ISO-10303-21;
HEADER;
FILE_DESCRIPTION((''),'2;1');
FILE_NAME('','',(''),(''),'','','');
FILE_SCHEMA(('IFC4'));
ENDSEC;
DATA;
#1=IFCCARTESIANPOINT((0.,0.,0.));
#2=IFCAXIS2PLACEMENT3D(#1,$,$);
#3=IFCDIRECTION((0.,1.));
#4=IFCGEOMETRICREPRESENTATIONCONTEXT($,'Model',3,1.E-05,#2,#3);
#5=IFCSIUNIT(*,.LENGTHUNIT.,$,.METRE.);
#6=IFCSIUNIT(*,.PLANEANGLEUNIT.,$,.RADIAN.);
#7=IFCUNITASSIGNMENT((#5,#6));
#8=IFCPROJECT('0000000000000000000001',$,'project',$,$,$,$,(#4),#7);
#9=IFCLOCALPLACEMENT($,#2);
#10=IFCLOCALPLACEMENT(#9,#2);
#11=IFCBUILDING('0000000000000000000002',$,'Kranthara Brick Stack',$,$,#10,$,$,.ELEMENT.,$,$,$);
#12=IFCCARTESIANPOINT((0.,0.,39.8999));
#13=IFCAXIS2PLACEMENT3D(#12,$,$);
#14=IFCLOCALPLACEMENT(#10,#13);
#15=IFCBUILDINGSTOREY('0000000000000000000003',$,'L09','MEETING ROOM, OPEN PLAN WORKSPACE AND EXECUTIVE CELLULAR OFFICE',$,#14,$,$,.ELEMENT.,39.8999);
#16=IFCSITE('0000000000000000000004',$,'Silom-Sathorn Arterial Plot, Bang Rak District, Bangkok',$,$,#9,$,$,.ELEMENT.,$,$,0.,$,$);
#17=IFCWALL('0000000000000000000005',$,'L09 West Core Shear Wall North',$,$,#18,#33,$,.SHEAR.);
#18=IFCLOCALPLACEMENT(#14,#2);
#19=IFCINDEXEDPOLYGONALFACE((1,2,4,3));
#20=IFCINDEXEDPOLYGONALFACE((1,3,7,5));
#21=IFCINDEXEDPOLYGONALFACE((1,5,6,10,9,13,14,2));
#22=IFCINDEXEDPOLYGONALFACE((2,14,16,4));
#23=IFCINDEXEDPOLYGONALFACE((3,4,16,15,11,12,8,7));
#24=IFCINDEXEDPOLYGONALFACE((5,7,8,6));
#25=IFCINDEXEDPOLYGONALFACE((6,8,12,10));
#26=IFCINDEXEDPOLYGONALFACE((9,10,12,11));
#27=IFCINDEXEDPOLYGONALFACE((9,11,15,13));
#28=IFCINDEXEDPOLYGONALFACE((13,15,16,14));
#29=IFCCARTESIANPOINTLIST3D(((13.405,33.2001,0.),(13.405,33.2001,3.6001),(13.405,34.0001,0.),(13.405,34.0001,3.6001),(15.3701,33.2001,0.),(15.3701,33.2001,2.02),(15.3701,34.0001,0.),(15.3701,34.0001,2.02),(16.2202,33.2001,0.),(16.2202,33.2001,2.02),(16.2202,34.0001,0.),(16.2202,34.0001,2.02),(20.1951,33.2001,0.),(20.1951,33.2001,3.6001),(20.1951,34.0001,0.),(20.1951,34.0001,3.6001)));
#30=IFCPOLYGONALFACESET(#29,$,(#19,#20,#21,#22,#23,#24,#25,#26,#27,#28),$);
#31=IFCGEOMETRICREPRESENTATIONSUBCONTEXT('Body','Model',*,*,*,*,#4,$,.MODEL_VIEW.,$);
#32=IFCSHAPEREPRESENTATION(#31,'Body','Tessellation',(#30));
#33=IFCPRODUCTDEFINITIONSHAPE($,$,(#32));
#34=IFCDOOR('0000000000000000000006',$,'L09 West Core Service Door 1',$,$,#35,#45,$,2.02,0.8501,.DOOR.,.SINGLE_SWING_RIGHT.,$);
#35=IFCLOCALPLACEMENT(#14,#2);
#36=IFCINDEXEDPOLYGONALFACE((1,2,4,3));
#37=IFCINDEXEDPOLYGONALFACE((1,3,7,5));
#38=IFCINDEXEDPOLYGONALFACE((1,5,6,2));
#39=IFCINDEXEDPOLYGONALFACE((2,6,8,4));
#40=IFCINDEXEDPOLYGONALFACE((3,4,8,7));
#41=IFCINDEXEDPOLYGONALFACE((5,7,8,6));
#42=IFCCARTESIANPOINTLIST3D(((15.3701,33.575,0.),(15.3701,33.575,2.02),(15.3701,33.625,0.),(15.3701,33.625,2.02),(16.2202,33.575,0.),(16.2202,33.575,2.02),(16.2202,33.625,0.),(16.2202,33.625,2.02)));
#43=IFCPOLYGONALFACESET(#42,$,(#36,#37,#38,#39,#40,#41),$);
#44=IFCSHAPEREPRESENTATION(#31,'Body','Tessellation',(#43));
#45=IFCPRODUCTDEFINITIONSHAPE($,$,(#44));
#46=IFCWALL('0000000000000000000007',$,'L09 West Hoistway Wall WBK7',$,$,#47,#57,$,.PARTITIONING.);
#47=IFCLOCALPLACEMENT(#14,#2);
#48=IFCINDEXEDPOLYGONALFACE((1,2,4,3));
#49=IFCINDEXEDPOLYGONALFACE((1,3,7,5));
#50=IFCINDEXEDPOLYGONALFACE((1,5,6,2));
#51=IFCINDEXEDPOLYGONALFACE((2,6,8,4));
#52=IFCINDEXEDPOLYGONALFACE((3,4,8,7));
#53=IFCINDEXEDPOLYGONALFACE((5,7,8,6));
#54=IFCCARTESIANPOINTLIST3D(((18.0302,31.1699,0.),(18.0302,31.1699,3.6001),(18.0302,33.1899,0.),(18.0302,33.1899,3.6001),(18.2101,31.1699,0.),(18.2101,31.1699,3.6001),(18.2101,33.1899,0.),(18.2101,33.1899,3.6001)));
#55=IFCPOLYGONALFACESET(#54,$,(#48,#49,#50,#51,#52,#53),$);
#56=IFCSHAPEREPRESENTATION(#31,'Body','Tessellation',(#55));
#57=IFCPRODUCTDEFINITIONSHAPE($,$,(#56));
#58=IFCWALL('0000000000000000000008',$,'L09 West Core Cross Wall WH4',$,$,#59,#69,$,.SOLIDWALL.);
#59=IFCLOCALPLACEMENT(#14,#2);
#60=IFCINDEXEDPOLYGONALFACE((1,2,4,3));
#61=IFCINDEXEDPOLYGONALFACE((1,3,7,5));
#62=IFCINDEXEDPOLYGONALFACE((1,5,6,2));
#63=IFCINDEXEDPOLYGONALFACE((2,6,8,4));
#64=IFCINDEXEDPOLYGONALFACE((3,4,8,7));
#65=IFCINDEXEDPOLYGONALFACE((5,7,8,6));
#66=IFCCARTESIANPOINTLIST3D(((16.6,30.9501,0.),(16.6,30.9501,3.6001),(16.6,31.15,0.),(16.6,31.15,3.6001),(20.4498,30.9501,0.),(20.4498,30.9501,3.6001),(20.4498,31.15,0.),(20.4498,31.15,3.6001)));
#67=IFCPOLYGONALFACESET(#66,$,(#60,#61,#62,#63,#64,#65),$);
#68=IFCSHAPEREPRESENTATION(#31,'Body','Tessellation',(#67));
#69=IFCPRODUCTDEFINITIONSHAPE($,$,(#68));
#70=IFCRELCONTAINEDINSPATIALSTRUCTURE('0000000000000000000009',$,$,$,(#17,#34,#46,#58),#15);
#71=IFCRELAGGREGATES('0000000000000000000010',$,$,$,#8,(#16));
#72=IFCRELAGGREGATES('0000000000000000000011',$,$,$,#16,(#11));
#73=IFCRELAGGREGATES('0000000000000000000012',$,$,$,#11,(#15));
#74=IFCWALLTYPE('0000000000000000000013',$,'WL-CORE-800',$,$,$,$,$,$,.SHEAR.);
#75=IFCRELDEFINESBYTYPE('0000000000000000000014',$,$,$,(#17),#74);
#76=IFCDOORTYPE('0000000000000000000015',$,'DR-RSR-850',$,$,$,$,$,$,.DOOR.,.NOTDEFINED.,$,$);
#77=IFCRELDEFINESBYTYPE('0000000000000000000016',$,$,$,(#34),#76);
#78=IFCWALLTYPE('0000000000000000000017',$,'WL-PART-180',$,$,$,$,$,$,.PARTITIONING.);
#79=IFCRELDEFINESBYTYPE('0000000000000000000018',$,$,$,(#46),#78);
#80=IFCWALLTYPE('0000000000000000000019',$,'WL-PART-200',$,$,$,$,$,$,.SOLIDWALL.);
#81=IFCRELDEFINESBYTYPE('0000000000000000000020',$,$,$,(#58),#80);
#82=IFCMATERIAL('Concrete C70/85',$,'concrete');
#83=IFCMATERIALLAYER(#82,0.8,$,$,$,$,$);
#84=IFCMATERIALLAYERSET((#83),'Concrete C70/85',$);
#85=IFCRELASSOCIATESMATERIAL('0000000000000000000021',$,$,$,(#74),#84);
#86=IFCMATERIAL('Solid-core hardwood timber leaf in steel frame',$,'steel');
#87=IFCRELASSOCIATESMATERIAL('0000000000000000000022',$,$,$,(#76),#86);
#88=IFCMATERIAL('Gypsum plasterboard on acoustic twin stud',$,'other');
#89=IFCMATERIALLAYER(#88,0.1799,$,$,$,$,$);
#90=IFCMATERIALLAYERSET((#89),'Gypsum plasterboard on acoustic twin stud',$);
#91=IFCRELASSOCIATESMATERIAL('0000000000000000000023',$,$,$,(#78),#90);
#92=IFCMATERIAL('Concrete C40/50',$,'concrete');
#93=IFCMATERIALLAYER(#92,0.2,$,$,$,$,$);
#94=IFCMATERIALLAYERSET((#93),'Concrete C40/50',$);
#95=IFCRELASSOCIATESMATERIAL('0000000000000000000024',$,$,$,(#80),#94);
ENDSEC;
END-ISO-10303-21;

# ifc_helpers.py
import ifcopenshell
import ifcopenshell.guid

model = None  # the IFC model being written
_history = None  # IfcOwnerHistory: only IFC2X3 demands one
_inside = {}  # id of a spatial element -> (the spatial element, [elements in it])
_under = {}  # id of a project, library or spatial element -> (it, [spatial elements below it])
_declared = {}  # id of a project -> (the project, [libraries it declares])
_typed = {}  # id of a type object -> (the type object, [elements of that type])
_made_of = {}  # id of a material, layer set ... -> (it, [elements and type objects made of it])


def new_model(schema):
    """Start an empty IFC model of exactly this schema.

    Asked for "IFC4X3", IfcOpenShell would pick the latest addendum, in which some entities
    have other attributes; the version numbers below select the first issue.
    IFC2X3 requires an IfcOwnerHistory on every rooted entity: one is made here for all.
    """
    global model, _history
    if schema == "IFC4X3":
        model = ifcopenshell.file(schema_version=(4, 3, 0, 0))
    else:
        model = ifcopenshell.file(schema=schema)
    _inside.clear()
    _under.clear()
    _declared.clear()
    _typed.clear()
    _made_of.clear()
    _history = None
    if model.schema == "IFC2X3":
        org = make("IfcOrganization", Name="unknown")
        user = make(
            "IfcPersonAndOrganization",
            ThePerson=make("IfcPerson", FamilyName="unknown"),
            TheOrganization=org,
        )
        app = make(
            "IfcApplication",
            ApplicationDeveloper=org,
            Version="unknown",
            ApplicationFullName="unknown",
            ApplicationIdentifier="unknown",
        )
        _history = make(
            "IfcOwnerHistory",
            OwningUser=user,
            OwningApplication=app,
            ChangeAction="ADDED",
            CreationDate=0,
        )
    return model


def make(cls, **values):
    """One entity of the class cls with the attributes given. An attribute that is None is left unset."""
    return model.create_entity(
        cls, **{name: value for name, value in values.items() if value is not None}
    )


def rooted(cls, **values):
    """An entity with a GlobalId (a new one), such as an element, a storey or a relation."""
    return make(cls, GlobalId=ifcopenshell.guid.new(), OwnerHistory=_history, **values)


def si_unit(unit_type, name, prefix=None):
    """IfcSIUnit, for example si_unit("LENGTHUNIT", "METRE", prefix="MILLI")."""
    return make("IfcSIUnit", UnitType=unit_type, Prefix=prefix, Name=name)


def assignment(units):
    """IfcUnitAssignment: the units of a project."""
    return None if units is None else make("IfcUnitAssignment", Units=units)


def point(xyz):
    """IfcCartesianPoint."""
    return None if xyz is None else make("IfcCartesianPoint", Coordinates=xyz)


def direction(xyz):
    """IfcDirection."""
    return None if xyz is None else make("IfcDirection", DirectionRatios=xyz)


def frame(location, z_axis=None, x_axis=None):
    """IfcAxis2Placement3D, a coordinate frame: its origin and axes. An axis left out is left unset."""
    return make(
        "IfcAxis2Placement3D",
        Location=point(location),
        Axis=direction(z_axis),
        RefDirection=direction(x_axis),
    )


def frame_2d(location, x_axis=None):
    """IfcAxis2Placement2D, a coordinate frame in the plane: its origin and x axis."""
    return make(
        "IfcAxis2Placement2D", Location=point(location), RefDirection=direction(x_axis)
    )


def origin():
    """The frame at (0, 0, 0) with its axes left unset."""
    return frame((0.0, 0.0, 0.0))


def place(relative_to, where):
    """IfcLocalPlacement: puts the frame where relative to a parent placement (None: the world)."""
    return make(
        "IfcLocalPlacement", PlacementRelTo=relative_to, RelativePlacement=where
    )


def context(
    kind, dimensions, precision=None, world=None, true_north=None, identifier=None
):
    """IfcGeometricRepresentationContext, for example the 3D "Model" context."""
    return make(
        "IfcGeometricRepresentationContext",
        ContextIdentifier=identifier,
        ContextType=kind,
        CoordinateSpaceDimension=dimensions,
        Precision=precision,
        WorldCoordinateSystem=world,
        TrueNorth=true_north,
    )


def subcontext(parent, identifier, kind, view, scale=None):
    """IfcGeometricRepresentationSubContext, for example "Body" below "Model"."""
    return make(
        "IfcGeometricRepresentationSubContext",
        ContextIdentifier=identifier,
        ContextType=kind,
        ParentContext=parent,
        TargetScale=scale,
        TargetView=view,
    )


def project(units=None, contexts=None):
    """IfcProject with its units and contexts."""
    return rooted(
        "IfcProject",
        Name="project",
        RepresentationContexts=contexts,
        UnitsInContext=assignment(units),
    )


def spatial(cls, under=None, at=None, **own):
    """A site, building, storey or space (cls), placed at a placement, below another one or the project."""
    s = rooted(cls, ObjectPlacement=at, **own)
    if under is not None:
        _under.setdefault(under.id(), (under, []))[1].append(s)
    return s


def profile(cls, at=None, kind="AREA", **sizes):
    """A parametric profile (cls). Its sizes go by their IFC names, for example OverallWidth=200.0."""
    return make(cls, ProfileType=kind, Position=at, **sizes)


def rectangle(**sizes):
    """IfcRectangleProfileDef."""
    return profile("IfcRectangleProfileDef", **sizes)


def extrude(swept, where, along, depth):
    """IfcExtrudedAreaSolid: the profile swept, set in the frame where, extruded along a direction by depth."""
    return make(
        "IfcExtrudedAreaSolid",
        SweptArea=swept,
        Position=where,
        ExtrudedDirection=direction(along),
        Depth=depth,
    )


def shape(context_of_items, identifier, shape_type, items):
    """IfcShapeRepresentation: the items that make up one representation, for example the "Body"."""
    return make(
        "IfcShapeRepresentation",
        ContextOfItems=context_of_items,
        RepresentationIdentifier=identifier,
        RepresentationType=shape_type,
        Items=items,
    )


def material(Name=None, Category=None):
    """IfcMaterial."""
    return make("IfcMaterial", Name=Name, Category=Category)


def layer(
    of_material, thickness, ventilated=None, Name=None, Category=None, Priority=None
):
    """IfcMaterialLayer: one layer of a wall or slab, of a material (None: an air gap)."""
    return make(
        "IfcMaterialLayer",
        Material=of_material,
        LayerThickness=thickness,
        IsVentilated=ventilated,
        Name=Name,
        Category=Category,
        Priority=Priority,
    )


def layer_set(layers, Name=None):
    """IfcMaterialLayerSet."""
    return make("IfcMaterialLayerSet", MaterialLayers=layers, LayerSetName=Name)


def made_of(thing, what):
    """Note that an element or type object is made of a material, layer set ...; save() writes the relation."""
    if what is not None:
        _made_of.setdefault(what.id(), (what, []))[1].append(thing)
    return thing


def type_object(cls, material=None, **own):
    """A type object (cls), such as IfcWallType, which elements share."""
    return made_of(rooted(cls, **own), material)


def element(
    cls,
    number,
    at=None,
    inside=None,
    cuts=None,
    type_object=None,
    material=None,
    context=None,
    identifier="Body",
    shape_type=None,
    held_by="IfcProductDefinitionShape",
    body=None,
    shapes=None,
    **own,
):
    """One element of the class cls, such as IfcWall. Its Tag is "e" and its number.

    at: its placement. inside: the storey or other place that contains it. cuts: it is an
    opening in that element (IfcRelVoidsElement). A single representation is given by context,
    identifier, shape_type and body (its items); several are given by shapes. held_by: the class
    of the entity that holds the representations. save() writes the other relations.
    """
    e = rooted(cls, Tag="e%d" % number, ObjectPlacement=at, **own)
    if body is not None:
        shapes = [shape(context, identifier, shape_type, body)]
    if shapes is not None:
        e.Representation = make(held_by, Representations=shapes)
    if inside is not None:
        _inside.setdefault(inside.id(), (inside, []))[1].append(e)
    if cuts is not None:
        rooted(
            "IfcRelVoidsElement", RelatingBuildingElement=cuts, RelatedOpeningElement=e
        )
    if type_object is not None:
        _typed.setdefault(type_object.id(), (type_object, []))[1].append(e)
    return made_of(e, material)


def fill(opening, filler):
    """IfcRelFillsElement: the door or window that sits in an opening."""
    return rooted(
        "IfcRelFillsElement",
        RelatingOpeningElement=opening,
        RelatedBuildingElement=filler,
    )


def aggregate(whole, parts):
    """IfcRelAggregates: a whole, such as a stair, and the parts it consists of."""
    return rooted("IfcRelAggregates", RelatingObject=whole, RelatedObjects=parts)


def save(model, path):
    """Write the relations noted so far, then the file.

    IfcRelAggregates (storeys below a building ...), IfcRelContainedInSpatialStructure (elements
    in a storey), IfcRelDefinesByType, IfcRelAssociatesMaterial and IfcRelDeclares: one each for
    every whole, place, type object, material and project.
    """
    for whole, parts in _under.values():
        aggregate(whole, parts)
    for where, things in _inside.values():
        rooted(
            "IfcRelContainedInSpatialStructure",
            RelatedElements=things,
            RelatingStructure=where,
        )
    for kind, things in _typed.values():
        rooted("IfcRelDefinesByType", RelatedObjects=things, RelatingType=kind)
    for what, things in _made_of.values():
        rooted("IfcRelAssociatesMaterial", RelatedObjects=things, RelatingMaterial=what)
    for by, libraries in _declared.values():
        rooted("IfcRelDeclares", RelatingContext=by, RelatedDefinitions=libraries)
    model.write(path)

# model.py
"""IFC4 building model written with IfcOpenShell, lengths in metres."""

from ifc_helpers import new_model, si_unit, direction, frame, frame_2d, origin, place, context, subcontext, project, spatial, rectangle, extrude, material, layer, layer_set, type_object, element, fill, save


model = new_model("IFC4")

# Units and contexts
model_context = context("Model", 3, precision=1e-05, world=origin(), true_north=direction((0.0, 1.0)))
body_context = subcontext(model_context, "Body", "Model", "MODEL_VIEW")
ifc_project = project(units=[si_unit("LENGTHUNIT", "METRE"), si_unit("PLANEANGLEUNIT", "RADIAN")], contexts=[model_context])

# Site, building, storey
site_placement = place(None, origin())
site = spatial("IfcSite", under=ifc_project, at=site_placement, Name="Silom-Sathorn Arterial Plot, Bang Rak District, Bangkok", CompositionType="ELEMENT", RefElevation=0.0)
building_placement = place(site_placement, origin())
building = spatial("IfcBuilding", under=site, at=building_placement, Name="Kranthara Brick Stack", CompositionType="ELEMENT")
storey_placement = place(building_placement, frame((0.0, 0.0, 39.8999)))
storey = spatial("IfcBuildingStorey", under=building, at=storey_placement, Name="L09", Description="MEETING ROOM, OPEN PLAN WORKSPACE AND EXECUTIVE CELLULAR OFFICE", CompositionType="ELEMENT", Elevation=39.8999)

# Wall, opening, door
ifc_material_1 = material(Name="Concrete C70/85", Category="concrete")
ifc_layer_1 = layer(ifc_material_1, 0.8)
ifc_layer_set_1 = layer_set([ifc_layer_1], Name="Concrete C70/85")
wall_type_1 = type_object("IfcWallType", Name="WL-CORE-800", PredefinedType="SHEAR", material=ifc_layer_set_1)
wall_1_placement = place(storey_placement, frame((13.405, 33.6001, 0.0), z_axis=(0.0, 0.0, 1.0), x_axis=(1.0, 0.0, 0.0)))
wall_1 = element("IfcWall", 1, at=wall_1_placement, inside=storey, type_object=wall_type_1, Name="L09 West Core Shear Wall North", PredefinedType="SHEAR", context=body_context, shape_type="SweptSolid", body=[
    extrude(rectangle(XDim=6.79, YDim=0.8, at=frame_2d((3.395, 0.0))), origin(), (0.0, 0.0, 1.0), 3.6001),
])
opening_placement = place(wall_1_placement, frame((1.9651, 0.0, 0.0)))
opening = element("IfcOpeningElement", 2, at=opening_placement, cuts=wall_1, PredefinedType="OPENING", context=body_context, shape_type="SweptSolid", body=[
    extrude(rectangle(XDim=0.8501, YDim=2.02, at=frame_2d((0.425, 1.01))), frame((0.0, 0.4099, 0.0), z_axis=(0.0, -1.0, 0.0), x_axis=(1.0, 0.0, 0.0)), (0.0, 0.0, 1.0), 0.8201),
])
ifc_material_2 = material(Name="Solid-core hardwood timber leaf in steel frame", Category="steel")
door_type = type_object("IfcDoorType", Name="DR-RSR-850", OperationType="NOTDEFINED", PredefinedType="DOOR", material=ifc_material_2)
door_placement = place(opening_placement, origin())
door = element("IfcDoor", 3, at=door_placement, inside=storey, type_object=door_type, Name="L09 West Core Service Door 1", OperationType="SINGLE_SWING_RIGHT", OverallHeight=2.02, OverallWidth=0.8501, PredefinedType="DOOR", context=body_context, shape_type="SweptSolid", body=[
    extrude(rectangle(XDim=0.8501, YDim=2.02, at=frame_2d((0.425, 1.01))), frame((0.0, 0.0249, 0.0), z_axis=(0.0, -1.0, 0.0), x_axis=(1.0, 0.0, 0.0)), (0.0, 0.0, 1.0), 0.05),
])
fill(opening, door)

# Walls
ifc_material_3 = material(Name="Gypsum plasterboard on acoustic twin stud", Category="other")
ifc_layer_2 = layer(ifc_material_3, 0.1799)
ifc_layer_set_2 = layer_set([ifc_layer_2], Name="Gypsum plasterboard on acoustic twin stud")
wall_type_2 = type_object("IfcWallType", Name="WL-PART-180", PredefinedType="PARTITIONING", material=ifc_layer_set_2)
wall_2_placement = place(storey_placement, frame((18.1201, 31.1699, 0.0), z_axis=(0.0, 0.0, 1.0), x_axis=(0.0, 1.0, 0.0)))
element("IfcWall", 4, at=wall_2_placement, inside=storey, type_object=wall_type_2, Name="L09 West Hoistway Wall WBK7", PredefinedType="PARTITIONING", context=body_context, shape_type="SweptSolid", body=[
    extrude(rectangle(XDim=2.02, YDim=0.1799, at=frame_2d((1.01, 0.0))), origin(), (0.0, 0.0, 1.0), 3.6001),
])
ifc_material_4 = material(Name="Concrete C40/50", Category="concrete")
ifc_layer_3 = layer(ifc_material_4, 0.2)
ifc_layer_set_3 = layer_set([ifc_layer_3], Name="Concrete C40/50")
wall_type_3 = type_object("IfcWallType", Name="WL-PART-200", PredefinedType="SOLIDWALL", material=ifc_layer_set_3)
wall_3_placement = place(storey_placement, frame((16.6001, 31.05, 0.0), z_axis=(0.0, 0.0, 1.0), x_axis=(1.0, 0.0, 0.0)))
element("IfcWall", 5, at=wall_3_placement, inside=storey, type_object=wall_type_3, Name="L09 West Core Cross Wall WH4", PredefinedType="SOLIDWALL", context=body_context, shape_type="SweptSolid", body=[
    extrude(rectangle(XDim=3.8499, YDim=0.2, at=frame_2d((1.9248, 0.0))), origin(), (0.0, 0.0, 1.0), 3.6001),
])

save(model, "model.ifc")
